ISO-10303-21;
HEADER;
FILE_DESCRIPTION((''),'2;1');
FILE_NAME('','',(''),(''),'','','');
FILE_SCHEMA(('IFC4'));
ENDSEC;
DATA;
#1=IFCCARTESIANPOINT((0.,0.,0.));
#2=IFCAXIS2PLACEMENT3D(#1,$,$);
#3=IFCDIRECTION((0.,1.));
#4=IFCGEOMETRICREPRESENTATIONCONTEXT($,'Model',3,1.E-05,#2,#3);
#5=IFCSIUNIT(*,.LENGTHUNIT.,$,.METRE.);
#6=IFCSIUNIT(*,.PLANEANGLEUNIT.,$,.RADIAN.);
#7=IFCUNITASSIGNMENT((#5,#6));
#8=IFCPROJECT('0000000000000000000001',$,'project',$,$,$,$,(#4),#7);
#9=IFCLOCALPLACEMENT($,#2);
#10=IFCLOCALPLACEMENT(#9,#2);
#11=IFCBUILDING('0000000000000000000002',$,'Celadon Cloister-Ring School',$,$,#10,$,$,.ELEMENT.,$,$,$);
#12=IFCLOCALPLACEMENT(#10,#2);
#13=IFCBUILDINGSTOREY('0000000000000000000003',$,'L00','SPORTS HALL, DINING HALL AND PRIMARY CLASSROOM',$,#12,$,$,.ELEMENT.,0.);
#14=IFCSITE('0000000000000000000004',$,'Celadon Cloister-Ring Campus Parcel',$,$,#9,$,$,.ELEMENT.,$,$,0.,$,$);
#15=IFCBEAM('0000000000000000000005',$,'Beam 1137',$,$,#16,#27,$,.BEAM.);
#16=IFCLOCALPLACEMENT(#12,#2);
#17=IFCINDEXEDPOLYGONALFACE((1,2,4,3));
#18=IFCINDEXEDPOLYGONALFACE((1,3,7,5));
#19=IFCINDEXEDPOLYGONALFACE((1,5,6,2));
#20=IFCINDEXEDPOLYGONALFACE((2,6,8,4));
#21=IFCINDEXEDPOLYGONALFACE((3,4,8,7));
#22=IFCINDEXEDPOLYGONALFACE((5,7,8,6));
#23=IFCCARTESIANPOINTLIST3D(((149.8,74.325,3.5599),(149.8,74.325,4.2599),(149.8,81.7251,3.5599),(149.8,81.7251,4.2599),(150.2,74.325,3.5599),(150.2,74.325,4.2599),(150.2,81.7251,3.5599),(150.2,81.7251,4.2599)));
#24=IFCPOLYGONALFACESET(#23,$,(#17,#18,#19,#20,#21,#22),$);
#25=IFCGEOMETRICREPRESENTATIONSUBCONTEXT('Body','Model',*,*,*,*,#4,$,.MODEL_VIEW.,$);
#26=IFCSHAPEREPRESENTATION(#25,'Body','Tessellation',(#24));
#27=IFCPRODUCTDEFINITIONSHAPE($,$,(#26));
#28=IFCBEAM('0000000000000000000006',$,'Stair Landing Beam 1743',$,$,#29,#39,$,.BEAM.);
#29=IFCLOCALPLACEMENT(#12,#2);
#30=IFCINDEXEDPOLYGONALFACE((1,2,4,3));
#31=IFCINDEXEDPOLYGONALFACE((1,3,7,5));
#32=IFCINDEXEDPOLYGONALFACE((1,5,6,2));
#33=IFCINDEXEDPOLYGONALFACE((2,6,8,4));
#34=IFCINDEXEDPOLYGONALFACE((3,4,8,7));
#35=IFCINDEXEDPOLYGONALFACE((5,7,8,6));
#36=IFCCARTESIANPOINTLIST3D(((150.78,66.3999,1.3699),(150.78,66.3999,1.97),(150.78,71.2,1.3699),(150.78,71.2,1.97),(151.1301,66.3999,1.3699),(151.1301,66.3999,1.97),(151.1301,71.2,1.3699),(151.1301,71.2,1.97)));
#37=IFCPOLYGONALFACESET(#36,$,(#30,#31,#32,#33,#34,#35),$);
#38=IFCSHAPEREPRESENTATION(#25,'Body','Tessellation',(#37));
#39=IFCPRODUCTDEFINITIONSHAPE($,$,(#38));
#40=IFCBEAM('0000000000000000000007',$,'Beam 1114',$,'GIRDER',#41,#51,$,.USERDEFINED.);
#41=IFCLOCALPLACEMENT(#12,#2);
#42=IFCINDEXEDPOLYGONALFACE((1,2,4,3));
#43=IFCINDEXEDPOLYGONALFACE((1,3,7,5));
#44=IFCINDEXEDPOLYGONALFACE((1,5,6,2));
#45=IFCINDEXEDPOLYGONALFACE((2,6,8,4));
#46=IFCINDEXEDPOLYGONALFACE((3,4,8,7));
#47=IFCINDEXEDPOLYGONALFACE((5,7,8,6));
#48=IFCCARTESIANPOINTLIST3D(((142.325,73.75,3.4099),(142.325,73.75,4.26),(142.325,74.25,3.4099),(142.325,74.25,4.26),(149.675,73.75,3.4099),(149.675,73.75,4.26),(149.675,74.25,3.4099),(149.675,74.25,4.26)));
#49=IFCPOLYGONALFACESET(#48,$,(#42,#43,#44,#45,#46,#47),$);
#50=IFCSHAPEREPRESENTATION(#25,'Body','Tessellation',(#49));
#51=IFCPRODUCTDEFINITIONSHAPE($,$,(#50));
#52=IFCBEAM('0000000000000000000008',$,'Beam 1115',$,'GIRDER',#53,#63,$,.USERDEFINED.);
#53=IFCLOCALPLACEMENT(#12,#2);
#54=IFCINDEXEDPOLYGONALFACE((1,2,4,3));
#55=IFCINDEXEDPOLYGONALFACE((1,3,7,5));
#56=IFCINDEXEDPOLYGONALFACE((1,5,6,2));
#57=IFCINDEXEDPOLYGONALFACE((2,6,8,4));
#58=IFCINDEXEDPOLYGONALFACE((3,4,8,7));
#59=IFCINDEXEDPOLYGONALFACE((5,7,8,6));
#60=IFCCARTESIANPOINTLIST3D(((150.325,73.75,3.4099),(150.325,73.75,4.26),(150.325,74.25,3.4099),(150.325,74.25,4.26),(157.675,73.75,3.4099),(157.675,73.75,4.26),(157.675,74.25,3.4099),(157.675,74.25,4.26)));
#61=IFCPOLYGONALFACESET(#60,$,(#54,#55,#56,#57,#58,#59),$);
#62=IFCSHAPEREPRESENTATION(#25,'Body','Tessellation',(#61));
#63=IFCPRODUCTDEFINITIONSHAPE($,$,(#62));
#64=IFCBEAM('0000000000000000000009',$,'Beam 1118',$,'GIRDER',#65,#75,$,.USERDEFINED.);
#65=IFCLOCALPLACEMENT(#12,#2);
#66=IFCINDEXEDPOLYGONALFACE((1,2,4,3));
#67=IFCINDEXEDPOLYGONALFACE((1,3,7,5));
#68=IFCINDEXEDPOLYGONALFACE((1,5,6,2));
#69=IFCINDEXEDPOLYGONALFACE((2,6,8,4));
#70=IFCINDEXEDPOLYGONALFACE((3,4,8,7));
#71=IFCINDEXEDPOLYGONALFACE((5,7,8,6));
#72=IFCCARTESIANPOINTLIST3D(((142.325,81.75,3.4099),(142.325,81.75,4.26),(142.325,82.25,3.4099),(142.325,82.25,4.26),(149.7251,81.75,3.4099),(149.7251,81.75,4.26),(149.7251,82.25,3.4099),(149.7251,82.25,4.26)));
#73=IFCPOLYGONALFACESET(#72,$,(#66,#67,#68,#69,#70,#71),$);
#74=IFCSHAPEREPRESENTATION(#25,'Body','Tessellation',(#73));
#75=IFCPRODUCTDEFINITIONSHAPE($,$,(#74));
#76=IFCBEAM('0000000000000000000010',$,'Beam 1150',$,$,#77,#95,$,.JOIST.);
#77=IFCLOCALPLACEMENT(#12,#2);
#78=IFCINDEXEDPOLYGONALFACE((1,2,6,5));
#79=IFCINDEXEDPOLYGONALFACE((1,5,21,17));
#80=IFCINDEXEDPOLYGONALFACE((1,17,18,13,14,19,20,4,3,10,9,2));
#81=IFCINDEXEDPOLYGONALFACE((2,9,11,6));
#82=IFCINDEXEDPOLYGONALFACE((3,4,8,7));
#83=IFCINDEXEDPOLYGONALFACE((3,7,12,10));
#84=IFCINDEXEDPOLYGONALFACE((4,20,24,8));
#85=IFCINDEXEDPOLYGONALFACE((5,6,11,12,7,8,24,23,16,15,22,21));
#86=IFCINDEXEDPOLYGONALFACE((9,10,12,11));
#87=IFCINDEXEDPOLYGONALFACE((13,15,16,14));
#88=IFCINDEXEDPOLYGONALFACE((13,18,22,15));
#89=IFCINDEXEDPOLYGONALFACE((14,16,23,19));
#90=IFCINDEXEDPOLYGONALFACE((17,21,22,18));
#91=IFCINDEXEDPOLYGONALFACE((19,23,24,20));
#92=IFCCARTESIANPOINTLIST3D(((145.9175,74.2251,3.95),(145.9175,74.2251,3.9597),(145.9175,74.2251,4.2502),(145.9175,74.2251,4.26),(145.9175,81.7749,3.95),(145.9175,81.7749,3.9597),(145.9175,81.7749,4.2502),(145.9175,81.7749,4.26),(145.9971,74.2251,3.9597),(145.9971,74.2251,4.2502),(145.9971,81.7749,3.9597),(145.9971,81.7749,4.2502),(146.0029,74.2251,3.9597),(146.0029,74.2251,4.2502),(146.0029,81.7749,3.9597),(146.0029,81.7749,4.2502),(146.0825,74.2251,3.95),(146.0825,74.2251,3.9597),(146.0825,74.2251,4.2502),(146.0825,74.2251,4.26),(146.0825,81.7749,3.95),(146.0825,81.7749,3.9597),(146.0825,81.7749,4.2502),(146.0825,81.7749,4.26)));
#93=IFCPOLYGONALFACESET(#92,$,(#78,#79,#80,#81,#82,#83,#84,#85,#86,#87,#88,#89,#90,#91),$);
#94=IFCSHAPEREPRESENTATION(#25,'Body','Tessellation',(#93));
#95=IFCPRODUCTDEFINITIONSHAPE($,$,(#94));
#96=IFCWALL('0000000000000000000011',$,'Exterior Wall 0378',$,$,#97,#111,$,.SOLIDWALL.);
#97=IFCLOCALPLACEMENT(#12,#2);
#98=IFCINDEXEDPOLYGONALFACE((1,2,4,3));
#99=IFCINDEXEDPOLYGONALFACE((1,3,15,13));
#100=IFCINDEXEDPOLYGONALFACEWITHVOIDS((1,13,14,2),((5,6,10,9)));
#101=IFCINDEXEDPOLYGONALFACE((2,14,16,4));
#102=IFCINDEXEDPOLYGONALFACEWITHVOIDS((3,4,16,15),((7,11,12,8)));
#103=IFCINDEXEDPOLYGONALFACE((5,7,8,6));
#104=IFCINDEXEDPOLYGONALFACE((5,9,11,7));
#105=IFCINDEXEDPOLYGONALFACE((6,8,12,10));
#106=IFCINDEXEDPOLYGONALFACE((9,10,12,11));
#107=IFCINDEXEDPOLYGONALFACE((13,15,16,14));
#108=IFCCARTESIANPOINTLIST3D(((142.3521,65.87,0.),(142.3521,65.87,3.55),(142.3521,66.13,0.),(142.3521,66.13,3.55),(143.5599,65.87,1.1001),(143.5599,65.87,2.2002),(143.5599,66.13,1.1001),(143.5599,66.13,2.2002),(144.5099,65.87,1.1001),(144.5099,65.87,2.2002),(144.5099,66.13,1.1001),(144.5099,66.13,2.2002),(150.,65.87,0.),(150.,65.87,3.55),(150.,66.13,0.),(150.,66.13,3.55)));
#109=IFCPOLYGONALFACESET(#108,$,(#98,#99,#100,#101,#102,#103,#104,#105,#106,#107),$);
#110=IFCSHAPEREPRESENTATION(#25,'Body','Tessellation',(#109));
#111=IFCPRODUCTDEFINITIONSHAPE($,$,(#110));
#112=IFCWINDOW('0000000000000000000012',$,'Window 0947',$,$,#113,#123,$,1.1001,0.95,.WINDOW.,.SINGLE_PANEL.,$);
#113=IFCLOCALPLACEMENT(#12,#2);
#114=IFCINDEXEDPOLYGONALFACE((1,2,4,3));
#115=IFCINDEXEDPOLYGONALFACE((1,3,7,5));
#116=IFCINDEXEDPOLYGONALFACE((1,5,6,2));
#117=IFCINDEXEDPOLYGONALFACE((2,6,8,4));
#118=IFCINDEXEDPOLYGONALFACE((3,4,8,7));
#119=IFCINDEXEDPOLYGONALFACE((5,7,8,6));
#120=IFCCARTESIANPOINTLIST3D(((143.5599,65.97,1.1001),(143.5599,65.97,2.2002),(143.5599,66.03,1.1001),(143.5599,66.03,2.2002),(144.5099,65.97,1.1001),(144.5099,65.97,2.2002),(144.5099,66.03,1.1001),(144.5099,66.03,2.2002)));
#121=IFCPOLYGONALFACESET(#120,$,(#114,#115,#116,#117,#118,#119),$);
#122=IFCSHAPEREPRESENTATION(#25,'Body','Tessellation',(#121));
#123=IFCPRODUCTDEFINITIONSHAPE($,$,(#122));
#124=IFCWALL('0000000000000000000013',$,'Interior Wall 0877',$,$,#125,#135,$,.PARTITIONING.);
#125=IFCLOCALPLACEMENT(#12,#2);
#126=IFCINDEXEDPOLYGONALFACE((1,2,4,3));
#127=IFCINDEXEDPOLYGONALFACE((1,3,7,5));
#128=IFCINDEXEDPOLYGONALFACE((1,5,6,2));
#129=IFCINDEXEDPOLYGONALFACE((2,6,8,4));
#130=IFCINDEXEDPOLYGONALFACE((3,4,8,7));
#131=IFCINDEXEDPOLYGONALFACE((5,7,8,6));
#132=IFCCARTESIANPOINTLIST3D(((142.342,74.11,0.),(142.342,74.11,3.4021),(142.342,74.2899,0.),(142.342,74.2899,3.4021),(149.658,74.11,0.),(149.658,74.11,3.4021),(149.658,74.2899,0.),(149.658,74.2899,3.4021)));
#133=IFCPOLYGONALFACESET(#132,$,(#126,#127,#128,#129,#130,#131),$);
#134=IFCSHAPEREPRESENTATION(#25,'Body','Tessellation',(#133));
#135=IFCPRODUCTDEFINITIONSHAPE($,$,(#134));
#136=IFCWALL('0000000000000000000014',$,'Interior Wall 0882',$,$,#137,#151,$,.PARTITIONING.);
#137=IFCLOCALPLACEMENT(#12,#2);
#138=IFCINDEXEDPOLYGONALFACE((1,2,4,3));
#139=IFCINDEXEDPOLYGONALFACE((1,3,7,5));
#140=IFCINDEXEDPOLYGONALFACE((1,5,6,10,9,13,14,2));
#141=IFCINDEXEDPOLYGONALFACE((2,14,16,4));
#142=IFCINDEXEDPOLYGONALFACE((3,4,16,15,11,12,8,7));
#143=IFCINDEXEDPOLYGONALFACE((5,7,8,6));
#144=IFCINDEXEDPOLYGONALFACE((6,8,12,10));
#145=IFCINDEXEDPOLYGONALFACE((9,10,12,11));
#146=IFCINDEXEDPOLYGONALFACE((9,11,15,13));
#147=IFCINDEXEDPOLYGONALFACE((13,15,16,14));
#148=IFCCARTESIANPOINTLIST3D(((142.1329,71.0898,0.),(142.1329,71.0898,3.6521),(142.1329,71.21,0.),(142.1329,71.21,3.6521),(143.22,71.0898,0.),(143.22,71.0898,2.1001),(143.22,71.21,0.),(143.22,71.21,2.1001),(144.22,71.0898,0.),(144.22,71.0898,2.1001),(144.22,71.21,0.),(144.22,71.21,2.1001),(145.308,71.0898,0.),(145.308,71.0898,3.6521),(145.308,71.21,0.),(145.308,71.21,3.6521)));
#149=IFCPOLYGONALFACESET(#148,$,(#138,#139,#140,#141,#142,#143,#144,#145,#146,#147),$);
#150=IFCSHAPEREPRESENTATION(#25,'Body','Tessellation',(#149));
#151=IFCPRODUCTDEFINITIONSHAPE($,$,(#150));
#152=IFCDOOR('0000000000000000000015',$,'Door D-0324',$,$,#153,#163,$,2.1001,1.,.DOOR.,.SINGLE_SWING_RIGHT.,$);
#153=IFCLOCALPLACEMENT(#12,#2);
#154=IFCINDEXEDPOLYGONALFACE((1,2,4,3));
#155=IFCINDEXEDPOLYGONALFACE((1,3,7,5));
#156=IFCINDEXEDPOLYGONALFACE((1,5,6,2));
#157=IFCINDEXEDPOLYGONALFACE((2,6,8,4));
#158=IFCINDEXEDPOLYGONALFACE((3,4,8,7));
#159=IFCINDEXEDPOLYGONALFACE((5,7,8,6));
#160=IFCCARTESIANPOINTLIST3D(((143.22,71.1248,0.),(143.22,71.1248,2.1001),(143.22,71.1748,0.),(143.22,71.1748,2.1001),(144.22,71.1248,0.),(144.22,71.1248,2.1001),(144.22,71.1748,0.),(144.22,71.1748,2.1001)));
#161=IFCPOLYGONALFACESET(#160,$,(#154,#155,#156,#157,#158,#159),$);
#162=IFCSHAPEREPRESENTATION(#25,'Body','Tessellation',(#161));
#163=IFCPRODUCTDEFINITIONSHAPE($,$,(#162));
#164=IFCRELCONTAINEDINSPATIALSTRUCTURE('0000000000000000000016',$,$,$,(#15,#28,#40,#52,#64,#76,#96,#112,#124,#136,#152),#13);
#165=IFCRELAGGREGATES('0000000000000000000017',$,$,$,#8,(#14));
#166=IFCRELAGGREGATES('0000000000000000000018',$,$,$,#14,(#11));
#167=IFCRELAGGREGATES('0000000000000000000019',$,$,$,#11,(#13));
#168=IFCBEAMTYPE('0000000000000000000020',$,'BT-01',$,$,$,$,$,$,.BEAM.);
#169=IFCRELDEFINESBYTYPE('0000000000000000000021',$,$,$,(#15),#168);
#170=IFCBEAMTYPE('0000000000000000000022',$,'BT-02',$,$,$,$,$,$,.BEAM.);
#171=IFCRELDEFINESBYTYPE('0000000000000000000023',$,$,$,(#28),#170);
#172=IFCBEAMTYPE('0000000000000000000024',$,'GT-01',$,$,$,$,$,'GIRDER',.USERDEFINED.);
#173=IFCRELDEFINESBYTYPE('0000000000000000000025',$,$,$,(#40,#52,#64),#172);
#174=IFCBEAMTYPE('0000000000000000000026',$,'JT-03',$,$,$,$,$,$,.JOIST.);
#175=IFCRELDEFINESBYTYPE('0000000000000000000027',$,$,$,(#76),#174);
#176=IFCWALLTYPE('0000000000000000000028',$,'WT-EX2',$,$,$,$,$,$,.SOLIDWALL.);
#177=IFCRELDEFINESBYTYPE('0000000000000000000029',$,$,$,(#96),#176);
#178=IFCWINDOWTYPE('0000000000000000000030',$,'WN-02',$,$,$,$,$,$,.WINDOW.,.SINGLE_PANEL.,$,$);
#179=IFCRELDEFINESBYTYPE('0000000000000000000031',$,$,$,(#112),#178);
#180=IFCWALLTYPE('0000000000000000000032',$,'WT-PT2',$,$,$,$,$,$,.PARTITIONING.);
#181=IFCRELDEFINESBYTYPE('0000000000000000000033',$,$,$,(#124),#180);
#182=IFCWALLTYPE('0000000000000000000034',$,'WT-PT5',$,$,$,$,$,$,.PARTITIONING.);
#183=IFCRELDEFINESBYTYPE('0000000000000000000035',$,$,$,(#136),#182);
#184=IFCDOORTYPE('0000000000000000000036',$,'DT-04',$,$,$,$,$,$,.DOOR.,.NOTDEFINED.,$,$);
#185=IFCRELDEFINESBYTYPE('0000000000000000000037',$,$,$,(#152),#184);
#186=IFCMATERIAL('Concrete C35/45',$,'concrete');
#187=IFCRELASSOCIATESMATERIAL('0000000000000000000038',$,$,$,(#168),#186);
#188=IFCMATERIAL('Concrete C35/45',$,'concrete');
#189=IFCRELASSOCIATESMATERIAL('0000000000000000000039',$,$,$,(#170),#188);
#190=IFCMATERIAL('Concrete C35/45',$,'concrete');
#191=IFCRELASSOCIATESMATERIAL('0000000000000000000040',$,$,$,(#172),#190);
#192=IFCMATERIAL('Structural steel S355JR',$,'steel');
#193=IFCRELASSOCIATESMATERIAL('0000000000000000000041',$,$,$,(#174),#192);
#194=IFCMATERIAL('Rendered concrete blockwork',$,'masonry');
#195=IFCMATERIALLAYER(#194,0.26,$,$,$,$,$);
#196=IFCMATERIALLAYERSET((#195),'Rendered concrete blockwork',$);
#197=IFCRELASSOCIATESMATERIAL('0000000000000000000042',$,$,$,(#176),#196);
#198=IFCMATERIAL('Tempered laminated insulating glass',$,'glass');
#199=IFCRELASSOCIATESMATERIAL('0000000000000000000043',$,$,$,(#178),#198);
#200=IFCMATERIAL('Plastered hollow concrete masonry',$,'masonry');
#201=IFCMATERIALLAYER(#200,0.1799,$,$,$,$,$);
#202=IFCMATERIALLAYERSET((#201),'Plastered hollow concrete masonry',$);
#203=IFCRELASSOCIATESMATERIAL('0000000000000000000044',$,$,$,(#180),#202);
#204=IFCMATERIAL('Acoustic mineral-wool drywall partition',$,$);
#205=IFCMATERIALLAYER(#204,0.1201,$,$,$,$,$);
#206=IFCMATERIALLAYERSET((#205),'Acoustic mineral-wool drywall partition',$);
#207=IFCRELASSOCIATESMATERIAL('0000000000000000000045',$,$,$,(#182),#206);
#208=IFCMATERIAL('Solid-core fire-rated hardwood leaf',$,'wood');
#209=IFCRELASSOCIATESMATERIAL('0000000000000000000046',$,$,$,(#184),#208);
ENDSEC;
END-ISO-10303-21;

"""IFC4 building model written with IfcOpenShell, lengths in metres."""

from ifc_helpers import new_model, si_unit, direction, frame, frame_2d, origin, origin_2d, place, context, subcontext, project, spatial, rectangle, i_section, extrude, material, layer, layer_set, material_profile, profile_set, type_object, element, fill, save


model = new_model("IFC4")

# Units and contexts
model_context = context("Model", 3, precision=1e-05, world=origin(), true_north=direction((0.0, 1.0)))
body_context = subcontext(model_context, "Body", "Model", "MODEL_VIEW")
ifc_project = project(units=[si_unit("LENGTHUNIT", "METRE"), si_unit("PLANEANGLEUNIT", "RADIAN")], contexts=[model_context])

# Site, building, storey
site_placement = place(None, origin())
site = spatial("IfcSite", under=ifc_project, at=site_placement, Name="Celadon Cloister-Ring Campus Parcel", CompositionType="ELEMENT", RefElevation=0.0)
building_placement = place(site_placement, origin())
building = spatial("IfcBuilding", under=site, at=building_placement, Name="Celadon Cloister-Ring School", CompositionType="ELEMENT")
storey_placement = place(building_placement, origin())
storey = spatial("IfcBuildingStorey", under=building, at=storey_placement, Name="L00", Description="SPORTS HALL, DINING HALL AND PRIMARY CLASSROOM", CompositionType="ELEMENT", Elevation=0.0)

# Beams
ifc_material_1 = material(Name="Concrete C35/45", Category="concrete")
ifc_material_profile_1 = material_profile(ifc_material_1, rectangle(XDim=0.3999, YDim=0.7, at=origin_2d()), Name="RC400X700")
ifc_profile_set_1 = profile_set([ifc_material_profile_1], Name="Concrete C35/45")
beam_type_1 = type_object("IfcBeamType", Name="BT-01", PredefinedType="BEAM", material=ifc_profile_set_1)
beam_1_placement = place(storey_placement, frame((150.0, 74.325, 3.9099), z_axis=(0.0, 1.0, 0.0), x_axis=(-1.0, 0.0, 0.0)))
element("IfcBeam", 1, at=beam_1_placement, inside=storey, type_object=beam_type_1, Name="Beam 1137", PredefinedType="BEAM", context=body_context, shape_type="SweptSolid", body=[
    extrude(rectangle(XDim=0.3999, YDim=0.7, at=origin_2d()), origin(), (0.0, 0.0, 1.0), 7.4001),
])
ifc_material_2 = material(Name="Concrete C35/45", Category="concrete")
ifc_material_profile_2 = material_profile(ifc_material_2, rectangle(XDim=0.3501, YDim=0.6001, at=origin_2d()), Name="RC350X600")
ifc_profile_set_2 = profile_set([ifc_material_profile_2], Name="Concrete C35/45")
beam_type_2 = type_object("IfcBeamType", Name="BT-02", PredefinedType="BEAM", material=ifc_profile_set_2)
beam_2_placement = place(storey_placement, frame((150.9551, 66.3999, 1.6699), z_axis=(0.0, 1.0, 0.0), x_axis=(-1.0, 0.0, 0.0)))
element("IfcBeam", 2, at=beam_2_placement, inside=storey, type_object=beam_type_2, Name="Stair Landing Beam 1743", PredefinedType="BEAM", context=body_context, shape_type="SweptSolid", body=[
    extrude(rectangle(XDim=0.3501, YDim=0.6001, at=origin_2d()), origin(), (0.0, 0.0, 1.0), 4.8),
])
ifc_material_3 = material(Name="Concrete C35/45", Category="concrete")
ifc_material_profile_3 = material_profile(ifc_material_3, rectangle(XDim=0.5, YDim=0.8501, at=origin_2d()), Name="RC500X850")
ifc_profile_set_3 = profile_set([ifc_material_profile_3], Name="Concrete C35/45")
beam_type_3 = type_object("IfcBeamType", Name="GT-01", ElementType="GIRDER", PredefinedType="USERDEFINED", material=ifc_profile_set_3)
for number, where, z_axis, x_axis, name in (
    (3, (142.325, 74.0, 3.835), (1.0, 0.0, 0.0), (0.0, 1.0, 0.0), "Beam 1114"),
    (4, (150.325, 74.0, 3.835), (1.0, 0.0, 0.0), (0.0, 1.0, 0.0), "Beam 1115"),
):
    element("IfcBeam", number, at=place(storey_placement, frame(where, z_axis=z_axis, x_axis=x_axis)), inside=storey, type_object=beam_type_3, Name=name, ObjectType="GIRDER", PredefinedType="USERDEFINED", context=body_context, shape_type="SweptSolid", body=[
        extrude(rectangle(XDim=0.5, YDim=0.8501, at=origin_2d()), origin(), (0.0, 0.0, 1.0), 7.3501),
    ])
beam_3_placement = place(storey_placement, frame((142.325, 82.0, 3.835), z_axis=(1.0, 0.0, 0.0), x_axis=(0.0, 1.0, 0.0)))
element("IfcBeam", 5, at=beam_3_placement, inside=storey, type_object=beam_type_3, Name="Beam 1118", ObjectType="GIRDER", PredefinedType="USERDEFINED", context=body_context, shape_type="SweptSolid", body=[
    extrude(rectangle(XDim=0.5, YDim=0.8501, at=origin_2d()), origin(), (0.0, 0.0, 1.0), 7.4001),
])
ifc_material_4 = material(Name="Structural steel S355JR", Category="steel")
ifc_material_profile_4 = material_profile(ifc_material_4, i_section(OverallWidth=0.165, OverallDepth=0.3101, WebThickness=0.0059, FlangeThickness=0.0098, at=origin_2d()), Name="W310X39")
ifc_profile_set_4 = profile_set([ifc_material_profile_4], Name="Structural steel S355JR")
beam_type_4 = type_object("IfcBeamType", Name="JT-03", PredefinedType="JOIST", material=ifc_profile_set_4)
beam_4_placement = place(storey_placement, frame((146.0, 74.2251, 4.105), z_axis=(0.0, 1.0, 0.0), x_axis=(-1.0, 0.0, 0.0)))
element("IfcBeam", 6, at=beam_4_placement, inside=storey, type_object=beam_type_4, Name="Beam 1150", PredefinedType="JOIST", context=body_context, shape_type="SweptSolid", body=[
    extrude(i_section(OverallWidth=0.165, OverallDepth=0.3101, WebThickness=0.0059, FlangeThickness=0.0098, at=origin_2d()), origin(), (0.0, 0.0, 1.0), 7.5498),
])

# Wall, opening, window
ifc_material_5 = material(Name="Rendered concrete blockwork", Category="masonry")
ifc_layer_1 = layer(ifc_material_5, 0.26)
ifc_layer_set_1 = layer_set([ifc_layer_1], Name="Rendered concrete blockwork")
wall_type_1 = type_object("IfcWallType", Name="WT-EX2", PredefinedType="SOLIDWALL", material=ifc_layer_set_1)
wall_1_placement = place(storey_placement, frame((150.0, 66.0, 0.0), z_axis=(0.0, 0.0, 1.0), x_axis=(-1.0, 0.0, 0.0)))
wall_1 = element("IfcWall", 7, at=wall_1_placement, inside=storey, type_object=wall_type_1, Name="Exterior Wall 0378", PredefinedType="SOLIDWALL", context=body_context, shape_type="SweptSolid", body=[
    extrude(rectangle(XDim=7.6479, YDim=0.26, at=frame_2d((3.824, 0.0))), origin(), (0.0, 0.0, 1.0), 3.55),
])
opening_1_placement = place(wall_1_placement, frame((5.49, 0.0, 1.1001)))
opening_1 = element("IfcOpeningElement", 8, at=opening_1_placement, cuts=wall_1, PredefinedType="OPENING", context=body_context, shape_type="SweptSolid", body=[
    extrude(rectangle(XDim=0.95, YDim=1.1001, at=frame_2d((0.4751, 0.55))), frame((0.0, 0.1401, 0.0), z_axis=(0.0, -1.0, 0.0), x_axis=(1.0, 0.0, 0.0)), (0.0, 0.0, 1.0), 0.28),
])
ifc_material_6 = material(Name="Tempered laminated insulating glass", Category="glass")
window_type = type_object("IfcWindowType", Name="WN-02", PartitioningType="SINGLE_PANEL", PredefinedType="WINDOW", material=ifc_material_6)
window_placement = place(opening_1_placement, origin())
window = element("IfcWindow", 9, at=window_placement, inside=storey, type_object=window_type, Name="Window 0947", OverallHeight=1.1001, OverallWidth=0.95, PartitioningType="SINGLE_PANEL", PredefinedType="WINDOW", context=body_context, shape_type="SweptSolid", body=[
    extrude(rectangle(XDim=0.95, YDim=1.1001, at=frame_2d((0.4751, 0.55))), frame((0.0, 0.03, 0.0), z_axis=(0.0, -1.0, 0.0), x_axis=(1.0, 0.0, 0.0)), (0.0, 0.0, 1.0), 0.0601),
])
fill(opening_1, window)

# Wall
ifc_material_7 = material(Name="Plastered hollow concrete masonry", Category="masonry")
ifc_layer_2 = layer(ifc_material_7, 0.1799)
ifc_layer_set_2 = layer_set([ifc_layer_2], Name="Plastered hollow concrete masonry")
wall_type_2 = type_object("IfcWallType", Name="WT-PT2", PredefinedType="PARTITIONING", material=ifc_layer_set_2)
wall_2_placement = place(storey_placement, frame((149.658, 74.2, 0.0), z_axis=(0.0, 0.0, 1.0), x_axis=(-1.0, 0.0, 0.0)))
element("IfcWall", 10, at=wall_2_placement, inside=storey, type_object=wall_type_2, Name="Interior Wall 0877", PredefinedType="PARTITIONING", context=body_context, shape_type="SweptSolid", body=[
    extrude(rectangle(XDim=7.3159, YDim=0.1799, at=frame_2d((3.658, 0.0))), origin(), (0.0, 0.0, 1.0), 3.4021),
])

# Wall, opening, door
ifc_material_8 = material(Name="Acoustic mineral-wool drywall partition")
ifc_layer_3 = layer(ifc_material_8, 0.1201)
ifc_layer_set_3 = layer_set([ifc_layer_3], Name="Acoustic mineral-wool drywall partition")
wall_type_3 = type_object("IfcWallType", Name="WT-PT5", PredefinedType="PARTITIONING", material=ifc_layer_set_3)
wall_3_placement = place(storey_placement, frame((142.1331, 71.1499, 0.0), z_axis=(0.0, 0.0, 1.0), x_axis=(1.0, 0.0, 0.0)))
wall_3 = element("IfcWall", 11, at=wall_3_placement, inside=storey, type_object=wall_type_3, Name="Interior Wall 0882", PredefinedType="PARTITIONING", context=body_context, shape_type="SweptSolid", body=[
    extrude(rectangle(XDim=3.175, YDim=0.1201, at=frame_2d((1.5874, 0.0))), origin(), (0.0, 0.0, 1.0), 3.6521),
])
opening_2_placement = place(wall_3_placement, frame((1.0869, 0.0, 0.0)))
opening_2 = element("IfcOpeningElement", 12, at=opening_2_placement, cuts=wall_3, PredefinedType="OPENING", context=body_context, shape_type="SweptSolid", body=[
    extrude(rectangle(XDim=1.0, YDim=2.1001, at=frame_2d((0.5, 1.05))), frame((0.0, 0.0701, 0.0), z_axis=(0.0, -1.0, 0.0), x_axis=(1.0, 0.0, 0.0)), (0.0, 0.0, 1.0), 0.1401),
])
ifc_material_9 = material(Name="Solid-core fire-rated hardwood leaf", Category="wood")
door_type_1 = type_object("IfcDoorType", Name="DT-04", OperationType="NOTDEFINED", PredefinedType="DOOR", material=ifc_material_9)
door_1_placement = place(opening_2_placement, origin())
door_1 = element("IfcDoor", 13, at=door_1_placement, inside=storey, type_object=door_type_1, Name="Door D-0324", OperationType="SINGLE_SWING_RIGHT", OverallHeight=2.1001, OverallWidth=1.0, PredefinedType="DOOR", context=body_context, shape_type="SweptSolid", body=[
    extrude(rectangle(XDim=1.0, YDim=2.1001, at=frame_2d((0.5, 1.05))), frame((0.0, 0.0249, 0.0), z_axis=(0.0, -1.0, 0.0), x_axis=(1.0, 0.0, 0.0)), (0.0, 0.0, 1.0), 0.05),
])
fill(opening_2, door_1)

save(model, "model.ifc")
